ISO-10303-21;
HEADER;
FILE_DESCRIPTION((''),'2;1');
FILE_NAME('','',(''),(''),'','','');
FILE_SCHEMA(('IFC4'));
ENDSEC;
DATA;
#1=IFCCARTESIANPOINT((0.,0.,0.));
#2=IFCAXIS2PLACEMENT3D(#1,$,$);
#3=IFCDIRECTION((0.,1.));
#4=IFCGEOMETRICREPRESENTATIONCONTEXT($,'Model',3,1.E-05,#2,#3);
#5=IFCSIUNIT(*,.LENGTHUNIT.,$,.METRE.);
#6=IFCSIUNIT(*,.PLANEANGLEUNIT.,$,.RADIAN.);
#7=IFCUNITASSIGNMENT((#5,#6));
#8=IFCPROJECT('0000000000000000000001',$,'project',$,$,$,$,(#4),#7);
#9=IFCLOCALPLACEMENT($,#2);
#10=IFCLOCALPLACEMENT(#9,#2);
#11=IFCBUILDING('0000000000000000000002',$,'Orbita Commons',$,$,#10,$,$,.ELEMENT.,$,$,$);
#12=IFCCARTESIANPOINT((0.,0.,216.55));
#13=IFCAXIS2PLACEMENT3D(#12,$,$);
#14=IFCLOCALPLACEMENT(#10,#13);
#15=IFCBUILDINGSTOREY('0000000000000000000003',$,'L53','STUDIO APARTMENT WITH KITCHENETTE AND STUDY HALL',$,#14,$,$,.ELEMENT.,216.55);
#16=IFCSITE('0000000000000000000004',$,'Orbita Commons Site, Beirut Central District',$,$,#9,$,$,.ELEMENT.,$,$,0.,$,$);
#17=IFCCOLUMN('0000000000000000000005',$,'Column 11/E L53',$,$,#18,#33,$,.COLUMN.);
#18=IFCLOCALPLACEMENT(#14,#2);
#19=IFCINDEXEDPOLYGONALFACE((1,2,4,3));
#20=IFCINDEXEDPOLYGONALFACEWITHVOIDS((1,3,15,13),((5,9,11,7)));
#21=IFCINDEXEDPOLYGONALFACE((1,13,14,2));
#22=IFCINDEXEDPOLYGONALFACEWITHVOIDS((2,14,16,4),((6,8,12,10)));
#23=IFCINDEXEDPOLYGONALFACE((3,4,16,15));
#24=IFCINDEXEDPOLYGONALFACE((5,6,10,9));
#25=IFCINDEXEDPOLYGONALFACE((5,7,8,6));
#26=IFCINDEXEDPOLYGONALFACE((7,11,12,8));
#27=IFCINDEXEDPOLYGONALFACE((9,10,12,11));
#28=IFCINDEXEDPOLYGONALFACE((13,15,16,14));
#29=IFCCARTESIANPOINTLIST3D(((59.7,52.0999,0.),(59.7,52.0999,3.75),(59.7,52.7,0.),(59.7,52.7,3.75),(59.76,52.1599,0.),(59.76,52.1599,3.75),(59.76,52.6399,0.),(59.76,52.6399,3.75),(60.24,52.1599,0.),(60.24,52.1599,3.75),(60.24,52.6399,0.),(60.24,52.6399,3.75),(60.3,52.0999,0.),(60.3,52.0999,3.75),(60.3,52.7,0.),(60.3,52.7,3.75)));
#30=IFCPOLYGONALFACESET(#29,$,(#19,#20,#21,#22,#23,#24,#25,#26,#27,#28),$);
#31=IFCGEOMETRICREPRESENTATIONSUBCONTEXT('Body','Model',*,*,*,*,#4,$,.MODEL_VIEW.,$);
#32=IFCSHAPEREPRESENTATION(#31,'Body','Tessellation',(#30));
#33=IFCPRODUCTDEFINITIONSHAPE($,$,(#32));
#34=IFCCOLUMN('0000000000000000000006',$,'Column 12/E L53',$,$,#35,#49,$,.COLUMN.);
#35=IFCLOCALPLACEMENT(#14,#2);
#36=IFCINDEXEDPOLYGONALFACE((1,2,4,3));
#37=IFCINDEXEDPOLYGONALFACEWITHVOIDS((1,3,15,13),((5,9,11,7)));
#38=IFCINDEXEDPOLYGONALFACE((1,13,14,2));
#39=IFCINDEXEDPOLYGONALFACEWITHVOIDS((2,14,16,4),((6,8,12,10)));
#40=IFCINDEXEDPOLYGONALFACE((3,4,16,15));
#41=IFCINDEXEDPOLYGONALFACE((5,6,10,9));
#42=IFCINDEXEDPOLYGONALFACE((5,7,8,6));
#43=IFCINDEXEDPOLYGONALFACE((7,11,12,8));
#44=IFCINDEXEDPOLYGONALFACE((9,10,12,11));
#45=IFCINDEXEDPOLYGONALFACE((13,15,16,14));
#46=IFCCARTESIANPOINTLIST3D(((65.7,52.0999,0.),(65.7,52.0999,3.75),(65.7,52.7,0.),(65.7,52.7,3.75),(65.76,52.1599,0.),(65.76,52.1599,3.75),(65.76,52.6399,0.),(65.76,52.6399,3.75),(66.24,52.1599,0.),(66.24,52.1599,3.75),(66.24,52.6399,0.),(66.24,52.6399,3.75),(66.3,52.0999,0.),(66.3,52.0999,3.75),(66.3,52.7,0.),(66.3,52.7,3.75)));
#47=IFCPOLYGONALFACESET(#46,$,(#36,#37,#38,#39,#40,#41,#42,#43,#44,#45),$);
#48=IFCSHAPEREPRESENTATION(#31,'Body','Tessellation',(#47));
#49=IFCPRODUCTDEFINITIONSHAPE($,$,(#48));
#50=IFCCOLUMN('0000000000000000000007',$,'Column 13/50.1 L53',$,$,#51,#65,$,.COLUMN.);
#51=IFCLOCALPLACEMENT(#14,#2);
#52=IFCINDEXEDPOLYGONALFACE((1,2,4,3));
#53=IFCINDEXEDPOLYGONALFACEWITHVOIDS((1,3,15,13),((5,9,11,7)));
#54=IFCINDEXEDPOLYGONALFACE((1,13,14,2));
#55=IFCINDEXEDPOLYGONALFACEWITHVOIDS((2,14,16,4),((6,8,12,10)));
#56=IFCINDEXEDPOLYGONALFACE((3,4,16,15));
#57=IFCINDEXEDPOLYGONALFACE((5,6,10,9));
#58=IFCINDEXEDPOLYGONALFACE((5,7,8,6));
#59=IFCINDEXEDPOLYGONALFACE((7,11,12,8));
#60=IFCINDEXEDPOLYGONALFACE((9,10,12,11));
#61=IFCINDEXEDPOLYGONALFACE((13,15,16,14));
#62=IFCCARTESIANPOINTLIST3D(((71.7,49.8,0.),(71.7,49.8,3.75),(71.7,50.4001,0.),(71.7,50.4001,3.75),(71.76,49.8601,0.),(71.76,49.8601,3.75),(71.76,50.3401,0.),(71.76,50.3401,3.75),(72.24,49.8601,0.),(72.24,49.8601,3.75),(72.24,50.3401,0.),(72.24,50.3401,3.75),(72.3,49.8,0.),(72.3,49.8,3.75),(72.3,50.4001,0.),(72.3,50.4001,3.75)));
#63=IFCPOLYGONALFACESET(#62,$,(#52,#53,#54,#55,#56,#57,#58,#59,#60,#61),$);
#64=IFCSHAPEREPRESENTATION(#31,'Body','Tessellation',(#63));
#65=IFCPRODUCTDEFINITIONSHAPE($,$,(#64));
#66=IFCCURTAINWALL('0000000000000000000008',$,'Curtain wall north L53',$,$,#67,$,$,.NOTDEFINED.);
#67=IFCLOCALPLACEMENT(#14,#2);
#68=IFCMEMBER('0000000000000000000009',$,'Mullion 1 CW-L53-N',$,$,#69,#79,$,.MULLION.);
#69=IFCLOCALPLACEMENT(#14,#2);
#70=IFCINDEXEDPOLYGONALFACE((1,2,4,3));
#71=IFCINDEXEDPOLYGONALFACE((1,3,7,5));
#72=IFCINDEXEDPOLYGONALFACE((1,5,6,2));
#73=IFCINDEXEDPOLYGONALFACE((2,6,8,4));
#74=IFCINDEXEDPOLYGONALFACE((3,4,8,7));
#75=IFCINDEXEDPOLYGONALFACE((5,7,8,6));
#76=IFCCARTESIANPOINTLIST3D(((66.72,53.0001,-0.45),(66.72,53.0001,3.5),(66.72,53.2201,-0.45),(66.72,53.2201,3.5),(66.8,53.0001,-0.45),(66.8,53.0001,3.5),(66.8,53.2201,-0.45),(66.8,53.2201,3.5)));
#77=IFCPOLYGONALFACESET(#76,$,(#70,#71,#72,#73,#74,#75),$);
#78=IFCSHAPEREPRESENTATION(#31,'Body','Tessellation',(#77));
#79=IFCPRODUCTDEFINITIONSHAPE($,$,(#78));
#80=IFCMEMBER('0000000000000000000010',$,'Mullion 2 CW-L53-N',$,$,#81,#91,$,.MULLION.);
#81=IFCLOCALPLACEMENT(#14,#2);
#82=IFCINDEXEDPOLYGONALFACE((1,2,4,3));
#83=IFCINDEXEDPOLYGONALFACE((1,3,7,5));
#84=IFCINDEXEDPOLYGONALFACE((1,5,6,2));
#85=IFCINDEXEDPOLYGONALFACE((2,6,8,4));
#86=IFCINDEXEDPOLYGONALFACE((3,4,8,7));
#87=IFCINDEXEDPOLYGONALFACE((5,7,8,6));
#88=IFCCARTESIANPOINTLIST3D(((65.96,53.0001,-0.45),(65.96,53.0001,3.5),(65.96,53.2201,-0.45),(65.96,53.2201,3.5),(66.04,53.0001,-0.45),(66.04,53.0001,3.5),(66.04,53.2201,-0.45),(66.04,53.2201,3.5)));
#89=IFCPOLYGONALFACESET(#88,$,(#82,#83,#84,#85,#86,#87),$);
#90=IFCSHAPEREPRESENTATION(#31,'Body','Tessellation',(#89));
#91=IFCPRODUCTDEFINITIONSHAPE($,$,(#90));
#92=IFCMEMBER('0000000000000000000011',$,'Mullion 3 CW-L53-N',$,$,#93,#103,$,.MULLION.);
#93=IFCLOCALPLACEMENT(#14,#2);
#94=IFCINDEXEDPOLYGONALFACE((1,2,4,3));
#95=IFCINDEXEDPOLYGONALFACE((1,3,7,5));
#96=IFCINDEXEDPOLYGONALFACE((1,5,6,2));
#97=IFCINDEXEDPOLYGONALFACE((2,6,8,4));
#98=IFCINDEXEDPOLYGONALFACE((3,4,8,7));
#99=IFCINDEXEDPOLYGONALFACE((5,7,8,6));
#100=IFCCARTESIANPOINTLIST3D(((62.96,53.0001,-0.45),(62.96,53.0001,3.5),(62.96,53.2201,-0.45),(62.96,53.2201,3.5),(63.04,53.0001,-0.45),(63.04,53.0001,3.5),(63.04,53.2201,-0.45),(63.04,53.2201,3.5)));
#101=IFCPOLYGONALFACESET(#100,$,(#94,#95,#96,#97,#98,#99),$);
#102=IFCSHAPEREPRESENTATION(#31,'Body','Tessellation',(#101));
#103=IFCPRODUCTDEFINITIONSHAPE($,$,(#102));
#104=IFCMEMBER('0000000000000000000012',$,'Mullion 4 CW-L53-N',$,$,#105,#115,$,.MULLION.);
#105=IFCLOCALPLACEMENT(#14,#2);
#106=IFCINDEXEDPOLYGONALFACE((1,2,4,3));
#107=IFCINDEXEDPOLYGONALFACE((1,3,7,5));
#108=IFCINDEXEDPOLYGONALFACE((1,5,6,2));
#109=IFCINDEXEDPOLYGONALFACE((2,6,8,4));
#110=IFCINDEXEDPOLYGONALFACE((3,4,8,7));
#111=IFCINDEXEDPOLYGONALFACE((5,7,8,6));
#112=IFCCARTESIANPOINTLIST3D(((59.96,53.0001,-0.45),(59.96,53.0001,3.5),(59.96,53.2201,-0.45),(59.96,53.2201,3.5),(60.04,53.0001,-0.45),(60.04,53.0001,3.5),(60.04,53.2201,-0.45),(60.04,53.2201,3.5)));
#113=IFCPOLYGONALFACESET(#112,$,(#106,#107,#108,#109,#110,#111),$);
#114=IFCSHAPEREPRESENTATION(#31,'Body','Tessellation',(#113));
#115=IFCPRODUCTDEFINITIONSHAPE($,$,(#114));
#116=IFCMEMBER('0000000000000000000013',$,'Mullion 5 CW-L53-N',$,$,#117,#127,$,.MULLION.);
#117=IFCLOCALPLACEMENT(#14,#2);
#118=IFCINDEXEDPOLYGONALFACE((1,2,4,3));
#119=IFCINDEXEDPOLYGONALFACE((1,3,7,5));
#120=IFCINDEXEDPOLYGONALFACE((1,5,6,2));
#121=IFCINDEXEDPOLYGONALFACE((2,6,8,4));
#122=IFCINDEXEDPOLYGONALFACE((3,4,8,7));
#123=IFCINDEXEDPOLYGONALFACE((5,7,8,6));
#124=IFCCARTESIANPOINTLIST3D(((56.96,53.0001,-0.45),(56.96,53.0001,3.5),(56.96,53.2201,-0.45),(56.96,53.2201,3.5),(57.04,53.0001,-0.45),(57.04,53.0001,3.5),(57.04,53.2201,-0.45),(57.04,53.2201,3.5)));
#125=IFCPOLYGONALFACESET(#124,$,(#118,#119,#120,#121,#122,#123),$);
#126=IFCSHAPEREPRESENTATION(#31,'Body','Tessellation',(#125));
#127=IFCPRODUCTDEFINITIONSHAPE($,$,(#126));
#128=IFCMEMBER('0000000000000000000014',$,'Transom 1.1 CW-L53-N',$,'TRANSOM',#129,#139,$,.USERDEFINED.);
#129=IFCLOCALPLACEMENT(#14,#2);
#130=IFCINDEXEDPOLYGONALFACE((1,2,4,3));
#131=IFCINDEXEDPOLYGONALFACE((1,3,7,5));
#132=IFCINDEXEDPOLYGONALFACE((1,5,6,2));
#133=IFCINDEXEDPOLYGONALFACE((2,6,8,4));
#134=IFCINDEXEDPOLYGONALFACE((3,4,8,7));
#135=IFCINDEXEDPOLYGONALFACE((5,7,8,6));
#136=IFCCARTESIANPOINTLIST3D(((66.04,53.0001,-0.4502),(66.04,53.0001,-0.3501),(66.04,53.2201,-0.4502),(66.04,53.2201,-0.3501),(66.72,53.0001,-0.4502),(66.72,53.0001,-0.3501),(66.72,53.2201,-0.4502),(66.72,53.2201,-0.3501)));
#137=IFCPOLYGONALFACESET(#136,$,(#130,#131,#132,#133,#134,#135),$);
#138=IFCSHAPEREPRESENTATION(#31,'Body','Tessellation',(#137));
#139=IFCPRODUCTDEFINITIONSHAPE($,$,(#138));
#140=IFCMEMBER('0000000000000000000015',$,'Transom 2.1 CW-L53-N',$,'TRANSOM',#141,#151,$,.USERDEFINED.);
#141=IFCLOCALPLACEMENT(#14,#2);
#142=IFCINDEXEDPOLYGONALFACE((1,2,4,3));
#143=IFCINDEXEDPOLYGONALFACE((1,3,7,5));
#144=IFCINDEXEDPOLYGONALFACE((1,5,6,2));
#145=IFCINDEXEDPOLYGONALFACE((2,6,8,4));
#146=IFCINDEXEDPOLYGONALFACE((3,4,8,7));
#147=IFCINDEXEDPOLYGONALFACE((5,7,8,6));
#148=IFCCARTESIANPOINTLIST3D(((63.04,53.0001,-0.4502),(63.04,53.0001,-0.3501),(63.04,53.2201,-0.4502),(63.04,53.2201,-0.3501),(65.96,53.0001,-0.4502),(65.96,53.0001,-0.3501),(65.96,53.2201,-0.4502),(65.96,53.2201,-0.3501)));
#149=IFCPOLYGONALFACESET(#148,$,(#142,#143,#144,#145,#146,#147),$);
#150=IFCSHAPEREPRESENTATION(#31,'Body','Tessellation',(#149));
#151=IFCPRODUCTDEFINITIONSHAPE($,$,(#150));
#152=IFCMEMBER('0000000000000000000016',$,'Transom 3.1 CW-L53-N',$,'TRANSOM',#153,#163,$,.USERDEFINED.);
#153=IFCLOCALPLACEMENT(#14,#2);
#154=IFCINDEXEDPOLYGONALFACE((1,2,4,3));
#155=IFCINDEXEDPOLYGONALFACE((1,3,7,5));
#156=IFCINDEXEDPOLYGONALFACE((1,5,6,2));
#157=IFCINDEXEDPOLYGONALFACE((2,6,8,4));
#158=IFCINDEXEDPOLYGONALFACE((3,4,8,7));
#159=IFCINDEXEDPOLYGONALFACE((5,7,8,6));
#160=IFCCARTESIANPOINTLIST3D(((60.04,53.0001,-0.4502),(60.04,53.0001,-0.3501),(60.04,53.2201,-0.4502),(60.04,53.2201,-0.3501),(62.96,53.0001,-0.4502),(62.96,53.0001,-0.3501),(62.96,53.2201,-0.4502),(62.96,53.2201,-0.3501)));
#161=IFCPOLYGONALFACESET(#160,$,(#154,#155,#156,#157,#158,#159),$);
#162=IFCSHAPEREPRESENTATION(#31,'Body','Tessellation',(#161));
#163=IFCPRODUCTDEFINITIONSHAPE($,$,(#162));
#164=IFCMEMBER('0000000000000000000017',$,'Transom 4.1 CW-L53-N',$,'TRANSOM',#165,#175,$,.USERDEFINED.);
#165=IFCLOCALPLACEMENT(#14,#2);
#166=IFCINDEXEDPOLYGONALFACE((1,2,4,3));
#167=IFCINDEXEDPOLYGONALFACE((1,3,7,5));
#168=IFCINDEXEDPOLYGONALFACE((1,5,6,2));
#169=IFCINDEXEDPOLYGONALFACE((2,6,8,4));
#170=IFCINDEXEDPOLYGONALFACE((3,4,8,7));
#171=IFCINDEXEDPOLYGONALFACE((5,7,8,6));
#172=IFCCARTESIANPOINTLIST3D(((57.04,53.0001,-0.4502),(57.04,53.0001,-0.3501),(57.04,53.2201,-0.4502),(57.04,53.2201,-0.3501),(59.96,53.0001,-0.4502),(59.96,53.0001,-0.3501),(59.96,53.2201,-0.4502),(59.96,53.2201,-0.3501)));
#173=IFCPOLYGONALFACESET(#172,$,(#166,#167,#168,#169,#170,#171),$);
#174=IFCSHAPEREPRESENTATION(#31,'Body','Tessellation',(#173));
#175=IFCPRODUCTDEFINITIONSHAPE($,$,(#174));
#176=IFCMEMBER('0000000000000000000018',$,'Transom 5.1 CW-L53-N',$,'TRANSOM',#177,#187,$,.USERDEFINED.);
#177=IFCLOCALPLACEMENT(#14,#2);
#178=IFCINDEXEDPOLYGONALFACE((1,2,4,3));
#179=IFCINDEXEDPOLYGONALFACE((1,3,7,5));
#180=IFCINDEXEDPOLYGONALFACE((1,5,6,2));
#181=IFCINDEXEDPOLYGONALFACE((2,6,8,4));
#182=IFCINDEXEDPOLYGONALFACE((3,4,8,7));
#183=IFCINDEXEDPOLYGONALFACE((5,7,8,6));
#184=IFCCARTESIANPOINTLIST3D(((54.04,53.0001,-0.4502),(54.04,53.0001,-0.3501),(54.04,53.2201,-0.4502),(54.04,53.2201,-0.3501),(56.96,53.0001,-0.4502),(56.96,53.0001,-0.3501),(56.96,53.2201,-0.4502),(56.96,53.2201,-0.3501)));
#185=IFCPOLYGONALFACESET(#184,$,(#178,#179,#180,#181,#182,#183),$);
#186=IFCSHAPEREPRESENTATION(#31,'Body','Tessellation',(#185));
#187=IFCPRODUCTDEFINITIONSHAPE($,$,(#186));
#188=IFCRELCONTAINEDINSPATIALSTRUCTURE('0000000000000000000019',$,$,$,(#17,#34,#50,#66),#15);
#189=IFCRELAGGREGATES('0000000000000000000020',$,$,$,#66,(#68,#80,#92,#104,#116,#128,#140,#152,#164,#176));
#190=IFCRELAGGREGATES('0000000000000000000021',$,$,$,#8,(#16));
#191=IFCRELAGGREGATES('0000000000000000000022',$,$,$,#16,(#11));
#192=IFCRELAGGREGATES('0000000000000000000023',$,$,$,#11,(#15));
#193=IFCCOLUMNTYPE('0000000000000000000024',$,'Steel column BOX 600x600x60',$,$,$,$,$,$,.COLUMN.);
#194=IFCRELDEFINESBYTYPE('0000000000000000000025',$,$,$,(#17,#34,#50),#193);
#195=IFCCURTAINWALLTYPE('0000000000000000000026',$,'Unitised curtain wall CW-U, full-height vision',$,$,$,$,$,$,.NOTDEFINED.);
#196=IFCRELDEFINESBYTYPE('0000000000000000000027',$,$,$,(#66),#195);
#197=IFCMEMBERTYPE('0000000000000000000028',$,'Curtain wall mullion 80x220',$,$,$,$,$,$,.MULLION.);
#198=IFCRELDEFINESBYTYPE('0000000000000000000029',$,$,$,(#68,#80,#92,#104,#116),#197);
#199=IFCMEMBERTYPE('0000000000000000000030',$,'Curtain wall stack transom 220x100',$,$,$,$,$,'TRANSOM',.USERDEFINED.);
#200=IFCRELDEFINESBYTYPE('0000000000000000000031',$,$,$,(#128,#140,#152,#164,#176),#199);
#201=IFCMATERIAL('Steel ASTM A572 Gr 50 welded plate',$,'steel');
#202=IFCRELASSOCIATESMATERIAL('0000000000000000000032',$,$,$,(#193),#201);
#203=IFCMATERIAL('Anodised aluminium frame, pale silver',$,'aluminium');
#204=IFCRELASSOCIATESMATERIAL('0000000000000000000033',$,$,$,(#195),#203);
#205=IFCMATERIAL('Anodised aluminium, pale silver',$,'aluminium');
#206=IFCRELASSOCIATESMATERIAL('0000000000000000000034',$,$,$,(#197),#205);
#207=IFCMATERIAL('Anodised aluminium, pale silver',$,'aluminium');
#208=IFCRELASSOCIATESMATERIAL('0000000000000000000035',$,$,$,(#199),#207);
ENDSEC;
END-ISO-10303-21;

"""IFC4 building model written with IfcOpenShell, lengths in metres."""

from ifc_helpers import new_model, si_unit, direction, frame, origin, origin_2d, place, context, subcontext, project, spatial, rectangle, hollow_rectangle, extrude, material, material_profile, profile_set, type_object, element, aggregate, save


model = new_model("IFC4")

# Units and contexts
model_context = context("Model", 3, precision=1e-05, world=origin(), true_north=direction((0.0, 1.0)))
body_context = subcontext(model_context, "Body", "Model", "MODEL_VIEW")
ifc_project = project(units=[si_unit("LENGTHUNIT", "METRE"), si_unit("PLANEANGLEUNIT", "RADIAN")], contexts=[model_context])

# Site, building, storey
site_placement = place(None, origin())
site = spatial("IfcSite", under=ifc_project, at=site_placement, Name="Orbita Commons Site, Beirut Central District", CompositionType="ELEMENT", RefElevation=0.0)
building_placement = place(site_placement, origin())
building = spatial("IfcBuilding", under=site, at=building_placement, Name="Orbita Commons", CompositionType="ELEMENT")
storey_placement = place(building_placement, frame((0.0, 0.0, 216.55)))
storey = spatial("IfcBuildingStorey", under=building, at=storey_placement, Name="L53", Description="STUDIO APARTMENT WITH KITCHENETTE AND STUDY HALL", CompositionType="ELEMENT", Elevation=216.55)

# Columns
ifc_material_1 = material(Name="Steel ASTM A572 Gr 50 welded plate", Category="steel")
ifc_material_profile_1 = material_profile(ifc_material_1, hollow_rectangle(XDim=0.6001, YDim=0.6001, WallThickness=0.0601, at=origin_2d()), Name="BOX 600x600x60")
ifc_profile_set_1 = profile_set([ifc_material_profile_1], Name="Steel ASTM A572 Gr 50 welded plate")
column_type = type_object("IfcColumnType", Name="Steel column BOX 600x600x60", PredefinedType="COLUMN", material=ifc_profile_set_1)
for number, where, z_axis, x_axis, name in (
    (1, (60.0, 52.3999, 0.0), (0.0, 0.0, 1.0), (1.0, 0.0, 0.0), "Column 11/E L53"),
    (2, (66.0, 52.3999, 0.0), (0.0, 0.0, 1.0), (1.0, 0.0, 0.0), "Column 12/E L53"),
    (3, (72.0, 50.1001, 0.0), (0.0, 0.0, 1.0), (1.0, 0.0, 0.0), "Column 13/50.1 L53"),
):
    element("IfcColumn", number, at=place(storey_placement, frame(where, z_axis=z_axis, x_axis=x_axis)), inside=storey, type_object=column_type, Name=name, PredefinedType="COLUMN", context=body_context, shape_type="SweptSolid", body=[
        extrude(hollow_rectangle(XDim=0.6001, YDim=0.6001, WallThickness=0.0601, at=origin_2d()), origin(), (0.0, 0.0, 1.0), 3.75),
    ])

# Curtain wall, members
ifc_material_2 = material(Name="Anodised aluminium frame, pale silver", Category="aluminium")
curtain_wall_type = type_object("IfcCurtainWallType", Name="Unitised curtain wall CW-U, full-height vision", PredefinedType="NOTDEFINED", material=ifc_material_2)
curtain_wall_placement = place(storey_placement, origin())
curtain_wall = element("IfcCurtainWall", 4, at=curtain_wall_placement, inside=storey, type_object=curtain_wall_type, Name="Curtain wall north L53", PredefinedType="NOTDEFINED")
ifc_material_3 = material(Name="Anodised aluminium, pale silver", Category="aluminium")
ifc_material_profile_2 = material_profile(ifc_material_3, rectangle(XDim=0.0801, YDim=0.22, at=origin_2d()), Name="AL 80x220")
ifc_profile_set_2 = profile_set([ifc_material_profile_2], Name="Anodised aluminium, pale silver")
member_type_1 = type_object("IfcMemberType", Name="Curtain wall mullion 80x220", PredefinedType="MULLION", material=ifc_profile_set_2)
member_1_placement = place(storey_placement, frame((66.76, 53.1101, -0.45), z_axis=(0.0, 0.0, 1.0), x_axis=(-1.0, 0.0, 0.0)))
member_1 = element("IfcMember", 5, at=member_1_placement, type_object=member_type_1, Name="Mullion 1 CW-L53-N", PredefinedType="MULLION", context=body_context, shape_type="SweptSolid", body=[
    extrude(rectangle(XDim=0.0801, YDim=0.22, at=origin_2d()), origin(), (0.0, 0.0, 1.0), 3.95),
])
member_2_placement = place(storey_placement, frame((66.0, 53.1101, -0.45), z_axis=(0.0, 0.0, 1.0), x_axis=(-1.0, 0.0, 0.0)))
member_2 = element("IfcMember", 6, at=member_2_placement, type_object=member_type_1, Name="Mullion 2 CW-L53-N", PredefinedType="MULLION", context=body_context, shape_type="SweptSolid", body=[
    extrude(rectangle(XDim=0.0801, YDim=0.22, at=origin_2d()), origin(), (0.0, 0.0, 1.0), 3.95),
])
member_3_placement = place(storey_placement, frame((63.0, 53.1101, -0.45), z_axis=(0.0, 0.0, 1.0), x_axis=(-1.0, 0.0, 0.0)))
member_3 = element("IfcMember", 7, at=member_3_placement, type_object=member_type_1, Name="Mullion 3 CW-L53-N", PredefinedType="MULLION", context=body_context, shape_type="SweptSolid", body=[
    extrude(rectangle(XDim=0.0801, YDim=0.22, at=origin_2d()), origin(), (0.0, 0.0, 1.0), 3.95),
])
member_4_placement = place(storey_placement, frame((60.0, 53.1101, -0.45), z_axis=(0.0, 0.0, 1.0), x_axis=(-1.0, 0.0, 0.0)))
member_4 = element("IfcMember", 8, at=member_4_placement, type_object=member_type_1, Name="Mullion 4 CW-L53-N", PredefinedType="MULLION", context=body_context, shape_type="SweptSolid", body=[
    extrude(rectangle(XDim=0.0801, YDim=0.22, at=origin_2d()), origin(), (0.0, 0.0, 1.0), 3.95),
])
member_5_placement = place(storey_placement, frame((57.0, 53.1101, -0.45), z_axis=(0.0, 0.0, 1.0), x_axis=(-1.0, 0.0, 0.0)))
member_5 = element("IfcMember", 9, at=member_5_placement, type_object=member_type_1, Name="Mullion 5 CW-L53-N", PredefinedType="MULLION", context=body_context, shape_type="SweptSolid", body=[
    extrude(rectangle(XDim=0.0801, YDim=0.22, at=origin_2d()), origin(), (0.0, 0.0, 1.0), 3.95),
])
ifc_material_4 = material(Name="Anodised aluminium, pale silver", Category="aluminium")
ifc_material_profile_3 = material_profile(ifc_material_4, rectangle(XDim=0.22, YDim=0.1001, at=origin_2d()), Name="AL 220x100")
ifc_profile_set_3 = profile_set([ifc_material_profile_3], Name="Anodised aluminium, pale silver")
member_type_2 = type_object("IfcMemberType", Name="Curtain wall stack transom 220x100", ElementType="TRANSOM", PredefinedType="USERDEFINED", material=ifc_profile_set_3)
member_6_placement = place(storey_placement, frame((66.72, 53.1101, -0.4001), z_axis=(-1.0, 0.0, 0.0), x_axis=(0.0, -1.0, 0.0)))
member_6 = element("IfcMember", 10, at=member_6_placement, type_object=member_type_2, Name="Transom 1.1 CW-L53-N", ObjectType="TRANSOM", PredefinedType="USERDEFINED", context=body_context, shape_type="SweptSolid", body=[
    extrude(rectangle(XDim=0.22, YDim=0.1001, at=origin_2d()), origin(), (0.0, 0.0, 1.0), 0.6799),
])
member_7_placement = place(storey_placement, frame((65.96, 53.1101, -0.4001), z_axis=(-1.0, 0.0, 0.0), x_axis=(0.0, -1.0, 0.0)))
member_7 = element("IfcMember", 11, at=member_7_placement, type_object=member_type_2, Name="Transom 2.1 CW-L53-N", ObjectType="TRANSOM", PredefinedType="USERDEFINED", context=body_context, shape_type="SweptSolid", body=[
    extrude(rectangle(XDim=0.22, YDim=0.1001, at=origin_2d()), origin(), (0.0, 0.0, 1.0), 2.9199),
])
member_8_placement = place(storey_placement, frame((62.96, 53.1101, -0.4001), z_axis=(-1.0, 0.0, 0.0), x_axis=(0.0, -1.0, 0.0)))
member_8 = element("IfcMember", 12, at=member_8_placement, type_object=member_type_2, Name="Transom 3.1 CW-L53-N", ObjectType="TRANSOM", PredefinedType="USERDEFINED", context=body_context, shape_type="SweptSolid", body=[
    extrude(rectangle(XDim=0.22, YDim=0.1001, at=origin_2d()), origin(), (0.0, 0.0, 1.0), 2.9199),
])
member_9_placement = place(storey_placement, frame((59.96, 53.1101, -0.4001), z_axis=(-1.0, 0.0, 0.0), x_axis=(0.0, -1.0, 0.0)))
member_9 = element("IfcMember", 13, at=member_9_placement, type_object=member_type_2, Name="Transom 4.1 CW-L53-N", ObjectType="TRANSOM", PredefinedType="USERDEFINED", context=body_context, shape_type="SweptSolid", body=[
    extrude(rectangle(XDim=0.22, YDim=0.1001, at=origin_2d()), origin(), (0.0, 0.0, 1.0), 2.9199),
])
member_10_placement = place(storey_placement, frame((56.96, 53.1101, -0.4001), z_axis=(-1.0, 0.0, 0.0), x_axis=(0.0, -1.0, 0.0)))
member_10 = element("IfcMember", 14, at=member_10_placement, type_object=member_type_2, Name="Transom 5.1 CW-L53-N", ObjectType="TRANSOM", PredefinedType="USERDEFINED", context=body_context, shape_type="SweptSolid", body=[
    extrude(rectangle(XDim=0.22, YDim=0.1001, at=origin_2d()), origin(), (0.0, 0.0, 1.0), 2.9199),
])

aggregate(curtain_wall, [member_1, member_2, member_3, member_4, member_5, member_6, member_7, member_8, member_9, member_10])

save(model, "model.ifc")
